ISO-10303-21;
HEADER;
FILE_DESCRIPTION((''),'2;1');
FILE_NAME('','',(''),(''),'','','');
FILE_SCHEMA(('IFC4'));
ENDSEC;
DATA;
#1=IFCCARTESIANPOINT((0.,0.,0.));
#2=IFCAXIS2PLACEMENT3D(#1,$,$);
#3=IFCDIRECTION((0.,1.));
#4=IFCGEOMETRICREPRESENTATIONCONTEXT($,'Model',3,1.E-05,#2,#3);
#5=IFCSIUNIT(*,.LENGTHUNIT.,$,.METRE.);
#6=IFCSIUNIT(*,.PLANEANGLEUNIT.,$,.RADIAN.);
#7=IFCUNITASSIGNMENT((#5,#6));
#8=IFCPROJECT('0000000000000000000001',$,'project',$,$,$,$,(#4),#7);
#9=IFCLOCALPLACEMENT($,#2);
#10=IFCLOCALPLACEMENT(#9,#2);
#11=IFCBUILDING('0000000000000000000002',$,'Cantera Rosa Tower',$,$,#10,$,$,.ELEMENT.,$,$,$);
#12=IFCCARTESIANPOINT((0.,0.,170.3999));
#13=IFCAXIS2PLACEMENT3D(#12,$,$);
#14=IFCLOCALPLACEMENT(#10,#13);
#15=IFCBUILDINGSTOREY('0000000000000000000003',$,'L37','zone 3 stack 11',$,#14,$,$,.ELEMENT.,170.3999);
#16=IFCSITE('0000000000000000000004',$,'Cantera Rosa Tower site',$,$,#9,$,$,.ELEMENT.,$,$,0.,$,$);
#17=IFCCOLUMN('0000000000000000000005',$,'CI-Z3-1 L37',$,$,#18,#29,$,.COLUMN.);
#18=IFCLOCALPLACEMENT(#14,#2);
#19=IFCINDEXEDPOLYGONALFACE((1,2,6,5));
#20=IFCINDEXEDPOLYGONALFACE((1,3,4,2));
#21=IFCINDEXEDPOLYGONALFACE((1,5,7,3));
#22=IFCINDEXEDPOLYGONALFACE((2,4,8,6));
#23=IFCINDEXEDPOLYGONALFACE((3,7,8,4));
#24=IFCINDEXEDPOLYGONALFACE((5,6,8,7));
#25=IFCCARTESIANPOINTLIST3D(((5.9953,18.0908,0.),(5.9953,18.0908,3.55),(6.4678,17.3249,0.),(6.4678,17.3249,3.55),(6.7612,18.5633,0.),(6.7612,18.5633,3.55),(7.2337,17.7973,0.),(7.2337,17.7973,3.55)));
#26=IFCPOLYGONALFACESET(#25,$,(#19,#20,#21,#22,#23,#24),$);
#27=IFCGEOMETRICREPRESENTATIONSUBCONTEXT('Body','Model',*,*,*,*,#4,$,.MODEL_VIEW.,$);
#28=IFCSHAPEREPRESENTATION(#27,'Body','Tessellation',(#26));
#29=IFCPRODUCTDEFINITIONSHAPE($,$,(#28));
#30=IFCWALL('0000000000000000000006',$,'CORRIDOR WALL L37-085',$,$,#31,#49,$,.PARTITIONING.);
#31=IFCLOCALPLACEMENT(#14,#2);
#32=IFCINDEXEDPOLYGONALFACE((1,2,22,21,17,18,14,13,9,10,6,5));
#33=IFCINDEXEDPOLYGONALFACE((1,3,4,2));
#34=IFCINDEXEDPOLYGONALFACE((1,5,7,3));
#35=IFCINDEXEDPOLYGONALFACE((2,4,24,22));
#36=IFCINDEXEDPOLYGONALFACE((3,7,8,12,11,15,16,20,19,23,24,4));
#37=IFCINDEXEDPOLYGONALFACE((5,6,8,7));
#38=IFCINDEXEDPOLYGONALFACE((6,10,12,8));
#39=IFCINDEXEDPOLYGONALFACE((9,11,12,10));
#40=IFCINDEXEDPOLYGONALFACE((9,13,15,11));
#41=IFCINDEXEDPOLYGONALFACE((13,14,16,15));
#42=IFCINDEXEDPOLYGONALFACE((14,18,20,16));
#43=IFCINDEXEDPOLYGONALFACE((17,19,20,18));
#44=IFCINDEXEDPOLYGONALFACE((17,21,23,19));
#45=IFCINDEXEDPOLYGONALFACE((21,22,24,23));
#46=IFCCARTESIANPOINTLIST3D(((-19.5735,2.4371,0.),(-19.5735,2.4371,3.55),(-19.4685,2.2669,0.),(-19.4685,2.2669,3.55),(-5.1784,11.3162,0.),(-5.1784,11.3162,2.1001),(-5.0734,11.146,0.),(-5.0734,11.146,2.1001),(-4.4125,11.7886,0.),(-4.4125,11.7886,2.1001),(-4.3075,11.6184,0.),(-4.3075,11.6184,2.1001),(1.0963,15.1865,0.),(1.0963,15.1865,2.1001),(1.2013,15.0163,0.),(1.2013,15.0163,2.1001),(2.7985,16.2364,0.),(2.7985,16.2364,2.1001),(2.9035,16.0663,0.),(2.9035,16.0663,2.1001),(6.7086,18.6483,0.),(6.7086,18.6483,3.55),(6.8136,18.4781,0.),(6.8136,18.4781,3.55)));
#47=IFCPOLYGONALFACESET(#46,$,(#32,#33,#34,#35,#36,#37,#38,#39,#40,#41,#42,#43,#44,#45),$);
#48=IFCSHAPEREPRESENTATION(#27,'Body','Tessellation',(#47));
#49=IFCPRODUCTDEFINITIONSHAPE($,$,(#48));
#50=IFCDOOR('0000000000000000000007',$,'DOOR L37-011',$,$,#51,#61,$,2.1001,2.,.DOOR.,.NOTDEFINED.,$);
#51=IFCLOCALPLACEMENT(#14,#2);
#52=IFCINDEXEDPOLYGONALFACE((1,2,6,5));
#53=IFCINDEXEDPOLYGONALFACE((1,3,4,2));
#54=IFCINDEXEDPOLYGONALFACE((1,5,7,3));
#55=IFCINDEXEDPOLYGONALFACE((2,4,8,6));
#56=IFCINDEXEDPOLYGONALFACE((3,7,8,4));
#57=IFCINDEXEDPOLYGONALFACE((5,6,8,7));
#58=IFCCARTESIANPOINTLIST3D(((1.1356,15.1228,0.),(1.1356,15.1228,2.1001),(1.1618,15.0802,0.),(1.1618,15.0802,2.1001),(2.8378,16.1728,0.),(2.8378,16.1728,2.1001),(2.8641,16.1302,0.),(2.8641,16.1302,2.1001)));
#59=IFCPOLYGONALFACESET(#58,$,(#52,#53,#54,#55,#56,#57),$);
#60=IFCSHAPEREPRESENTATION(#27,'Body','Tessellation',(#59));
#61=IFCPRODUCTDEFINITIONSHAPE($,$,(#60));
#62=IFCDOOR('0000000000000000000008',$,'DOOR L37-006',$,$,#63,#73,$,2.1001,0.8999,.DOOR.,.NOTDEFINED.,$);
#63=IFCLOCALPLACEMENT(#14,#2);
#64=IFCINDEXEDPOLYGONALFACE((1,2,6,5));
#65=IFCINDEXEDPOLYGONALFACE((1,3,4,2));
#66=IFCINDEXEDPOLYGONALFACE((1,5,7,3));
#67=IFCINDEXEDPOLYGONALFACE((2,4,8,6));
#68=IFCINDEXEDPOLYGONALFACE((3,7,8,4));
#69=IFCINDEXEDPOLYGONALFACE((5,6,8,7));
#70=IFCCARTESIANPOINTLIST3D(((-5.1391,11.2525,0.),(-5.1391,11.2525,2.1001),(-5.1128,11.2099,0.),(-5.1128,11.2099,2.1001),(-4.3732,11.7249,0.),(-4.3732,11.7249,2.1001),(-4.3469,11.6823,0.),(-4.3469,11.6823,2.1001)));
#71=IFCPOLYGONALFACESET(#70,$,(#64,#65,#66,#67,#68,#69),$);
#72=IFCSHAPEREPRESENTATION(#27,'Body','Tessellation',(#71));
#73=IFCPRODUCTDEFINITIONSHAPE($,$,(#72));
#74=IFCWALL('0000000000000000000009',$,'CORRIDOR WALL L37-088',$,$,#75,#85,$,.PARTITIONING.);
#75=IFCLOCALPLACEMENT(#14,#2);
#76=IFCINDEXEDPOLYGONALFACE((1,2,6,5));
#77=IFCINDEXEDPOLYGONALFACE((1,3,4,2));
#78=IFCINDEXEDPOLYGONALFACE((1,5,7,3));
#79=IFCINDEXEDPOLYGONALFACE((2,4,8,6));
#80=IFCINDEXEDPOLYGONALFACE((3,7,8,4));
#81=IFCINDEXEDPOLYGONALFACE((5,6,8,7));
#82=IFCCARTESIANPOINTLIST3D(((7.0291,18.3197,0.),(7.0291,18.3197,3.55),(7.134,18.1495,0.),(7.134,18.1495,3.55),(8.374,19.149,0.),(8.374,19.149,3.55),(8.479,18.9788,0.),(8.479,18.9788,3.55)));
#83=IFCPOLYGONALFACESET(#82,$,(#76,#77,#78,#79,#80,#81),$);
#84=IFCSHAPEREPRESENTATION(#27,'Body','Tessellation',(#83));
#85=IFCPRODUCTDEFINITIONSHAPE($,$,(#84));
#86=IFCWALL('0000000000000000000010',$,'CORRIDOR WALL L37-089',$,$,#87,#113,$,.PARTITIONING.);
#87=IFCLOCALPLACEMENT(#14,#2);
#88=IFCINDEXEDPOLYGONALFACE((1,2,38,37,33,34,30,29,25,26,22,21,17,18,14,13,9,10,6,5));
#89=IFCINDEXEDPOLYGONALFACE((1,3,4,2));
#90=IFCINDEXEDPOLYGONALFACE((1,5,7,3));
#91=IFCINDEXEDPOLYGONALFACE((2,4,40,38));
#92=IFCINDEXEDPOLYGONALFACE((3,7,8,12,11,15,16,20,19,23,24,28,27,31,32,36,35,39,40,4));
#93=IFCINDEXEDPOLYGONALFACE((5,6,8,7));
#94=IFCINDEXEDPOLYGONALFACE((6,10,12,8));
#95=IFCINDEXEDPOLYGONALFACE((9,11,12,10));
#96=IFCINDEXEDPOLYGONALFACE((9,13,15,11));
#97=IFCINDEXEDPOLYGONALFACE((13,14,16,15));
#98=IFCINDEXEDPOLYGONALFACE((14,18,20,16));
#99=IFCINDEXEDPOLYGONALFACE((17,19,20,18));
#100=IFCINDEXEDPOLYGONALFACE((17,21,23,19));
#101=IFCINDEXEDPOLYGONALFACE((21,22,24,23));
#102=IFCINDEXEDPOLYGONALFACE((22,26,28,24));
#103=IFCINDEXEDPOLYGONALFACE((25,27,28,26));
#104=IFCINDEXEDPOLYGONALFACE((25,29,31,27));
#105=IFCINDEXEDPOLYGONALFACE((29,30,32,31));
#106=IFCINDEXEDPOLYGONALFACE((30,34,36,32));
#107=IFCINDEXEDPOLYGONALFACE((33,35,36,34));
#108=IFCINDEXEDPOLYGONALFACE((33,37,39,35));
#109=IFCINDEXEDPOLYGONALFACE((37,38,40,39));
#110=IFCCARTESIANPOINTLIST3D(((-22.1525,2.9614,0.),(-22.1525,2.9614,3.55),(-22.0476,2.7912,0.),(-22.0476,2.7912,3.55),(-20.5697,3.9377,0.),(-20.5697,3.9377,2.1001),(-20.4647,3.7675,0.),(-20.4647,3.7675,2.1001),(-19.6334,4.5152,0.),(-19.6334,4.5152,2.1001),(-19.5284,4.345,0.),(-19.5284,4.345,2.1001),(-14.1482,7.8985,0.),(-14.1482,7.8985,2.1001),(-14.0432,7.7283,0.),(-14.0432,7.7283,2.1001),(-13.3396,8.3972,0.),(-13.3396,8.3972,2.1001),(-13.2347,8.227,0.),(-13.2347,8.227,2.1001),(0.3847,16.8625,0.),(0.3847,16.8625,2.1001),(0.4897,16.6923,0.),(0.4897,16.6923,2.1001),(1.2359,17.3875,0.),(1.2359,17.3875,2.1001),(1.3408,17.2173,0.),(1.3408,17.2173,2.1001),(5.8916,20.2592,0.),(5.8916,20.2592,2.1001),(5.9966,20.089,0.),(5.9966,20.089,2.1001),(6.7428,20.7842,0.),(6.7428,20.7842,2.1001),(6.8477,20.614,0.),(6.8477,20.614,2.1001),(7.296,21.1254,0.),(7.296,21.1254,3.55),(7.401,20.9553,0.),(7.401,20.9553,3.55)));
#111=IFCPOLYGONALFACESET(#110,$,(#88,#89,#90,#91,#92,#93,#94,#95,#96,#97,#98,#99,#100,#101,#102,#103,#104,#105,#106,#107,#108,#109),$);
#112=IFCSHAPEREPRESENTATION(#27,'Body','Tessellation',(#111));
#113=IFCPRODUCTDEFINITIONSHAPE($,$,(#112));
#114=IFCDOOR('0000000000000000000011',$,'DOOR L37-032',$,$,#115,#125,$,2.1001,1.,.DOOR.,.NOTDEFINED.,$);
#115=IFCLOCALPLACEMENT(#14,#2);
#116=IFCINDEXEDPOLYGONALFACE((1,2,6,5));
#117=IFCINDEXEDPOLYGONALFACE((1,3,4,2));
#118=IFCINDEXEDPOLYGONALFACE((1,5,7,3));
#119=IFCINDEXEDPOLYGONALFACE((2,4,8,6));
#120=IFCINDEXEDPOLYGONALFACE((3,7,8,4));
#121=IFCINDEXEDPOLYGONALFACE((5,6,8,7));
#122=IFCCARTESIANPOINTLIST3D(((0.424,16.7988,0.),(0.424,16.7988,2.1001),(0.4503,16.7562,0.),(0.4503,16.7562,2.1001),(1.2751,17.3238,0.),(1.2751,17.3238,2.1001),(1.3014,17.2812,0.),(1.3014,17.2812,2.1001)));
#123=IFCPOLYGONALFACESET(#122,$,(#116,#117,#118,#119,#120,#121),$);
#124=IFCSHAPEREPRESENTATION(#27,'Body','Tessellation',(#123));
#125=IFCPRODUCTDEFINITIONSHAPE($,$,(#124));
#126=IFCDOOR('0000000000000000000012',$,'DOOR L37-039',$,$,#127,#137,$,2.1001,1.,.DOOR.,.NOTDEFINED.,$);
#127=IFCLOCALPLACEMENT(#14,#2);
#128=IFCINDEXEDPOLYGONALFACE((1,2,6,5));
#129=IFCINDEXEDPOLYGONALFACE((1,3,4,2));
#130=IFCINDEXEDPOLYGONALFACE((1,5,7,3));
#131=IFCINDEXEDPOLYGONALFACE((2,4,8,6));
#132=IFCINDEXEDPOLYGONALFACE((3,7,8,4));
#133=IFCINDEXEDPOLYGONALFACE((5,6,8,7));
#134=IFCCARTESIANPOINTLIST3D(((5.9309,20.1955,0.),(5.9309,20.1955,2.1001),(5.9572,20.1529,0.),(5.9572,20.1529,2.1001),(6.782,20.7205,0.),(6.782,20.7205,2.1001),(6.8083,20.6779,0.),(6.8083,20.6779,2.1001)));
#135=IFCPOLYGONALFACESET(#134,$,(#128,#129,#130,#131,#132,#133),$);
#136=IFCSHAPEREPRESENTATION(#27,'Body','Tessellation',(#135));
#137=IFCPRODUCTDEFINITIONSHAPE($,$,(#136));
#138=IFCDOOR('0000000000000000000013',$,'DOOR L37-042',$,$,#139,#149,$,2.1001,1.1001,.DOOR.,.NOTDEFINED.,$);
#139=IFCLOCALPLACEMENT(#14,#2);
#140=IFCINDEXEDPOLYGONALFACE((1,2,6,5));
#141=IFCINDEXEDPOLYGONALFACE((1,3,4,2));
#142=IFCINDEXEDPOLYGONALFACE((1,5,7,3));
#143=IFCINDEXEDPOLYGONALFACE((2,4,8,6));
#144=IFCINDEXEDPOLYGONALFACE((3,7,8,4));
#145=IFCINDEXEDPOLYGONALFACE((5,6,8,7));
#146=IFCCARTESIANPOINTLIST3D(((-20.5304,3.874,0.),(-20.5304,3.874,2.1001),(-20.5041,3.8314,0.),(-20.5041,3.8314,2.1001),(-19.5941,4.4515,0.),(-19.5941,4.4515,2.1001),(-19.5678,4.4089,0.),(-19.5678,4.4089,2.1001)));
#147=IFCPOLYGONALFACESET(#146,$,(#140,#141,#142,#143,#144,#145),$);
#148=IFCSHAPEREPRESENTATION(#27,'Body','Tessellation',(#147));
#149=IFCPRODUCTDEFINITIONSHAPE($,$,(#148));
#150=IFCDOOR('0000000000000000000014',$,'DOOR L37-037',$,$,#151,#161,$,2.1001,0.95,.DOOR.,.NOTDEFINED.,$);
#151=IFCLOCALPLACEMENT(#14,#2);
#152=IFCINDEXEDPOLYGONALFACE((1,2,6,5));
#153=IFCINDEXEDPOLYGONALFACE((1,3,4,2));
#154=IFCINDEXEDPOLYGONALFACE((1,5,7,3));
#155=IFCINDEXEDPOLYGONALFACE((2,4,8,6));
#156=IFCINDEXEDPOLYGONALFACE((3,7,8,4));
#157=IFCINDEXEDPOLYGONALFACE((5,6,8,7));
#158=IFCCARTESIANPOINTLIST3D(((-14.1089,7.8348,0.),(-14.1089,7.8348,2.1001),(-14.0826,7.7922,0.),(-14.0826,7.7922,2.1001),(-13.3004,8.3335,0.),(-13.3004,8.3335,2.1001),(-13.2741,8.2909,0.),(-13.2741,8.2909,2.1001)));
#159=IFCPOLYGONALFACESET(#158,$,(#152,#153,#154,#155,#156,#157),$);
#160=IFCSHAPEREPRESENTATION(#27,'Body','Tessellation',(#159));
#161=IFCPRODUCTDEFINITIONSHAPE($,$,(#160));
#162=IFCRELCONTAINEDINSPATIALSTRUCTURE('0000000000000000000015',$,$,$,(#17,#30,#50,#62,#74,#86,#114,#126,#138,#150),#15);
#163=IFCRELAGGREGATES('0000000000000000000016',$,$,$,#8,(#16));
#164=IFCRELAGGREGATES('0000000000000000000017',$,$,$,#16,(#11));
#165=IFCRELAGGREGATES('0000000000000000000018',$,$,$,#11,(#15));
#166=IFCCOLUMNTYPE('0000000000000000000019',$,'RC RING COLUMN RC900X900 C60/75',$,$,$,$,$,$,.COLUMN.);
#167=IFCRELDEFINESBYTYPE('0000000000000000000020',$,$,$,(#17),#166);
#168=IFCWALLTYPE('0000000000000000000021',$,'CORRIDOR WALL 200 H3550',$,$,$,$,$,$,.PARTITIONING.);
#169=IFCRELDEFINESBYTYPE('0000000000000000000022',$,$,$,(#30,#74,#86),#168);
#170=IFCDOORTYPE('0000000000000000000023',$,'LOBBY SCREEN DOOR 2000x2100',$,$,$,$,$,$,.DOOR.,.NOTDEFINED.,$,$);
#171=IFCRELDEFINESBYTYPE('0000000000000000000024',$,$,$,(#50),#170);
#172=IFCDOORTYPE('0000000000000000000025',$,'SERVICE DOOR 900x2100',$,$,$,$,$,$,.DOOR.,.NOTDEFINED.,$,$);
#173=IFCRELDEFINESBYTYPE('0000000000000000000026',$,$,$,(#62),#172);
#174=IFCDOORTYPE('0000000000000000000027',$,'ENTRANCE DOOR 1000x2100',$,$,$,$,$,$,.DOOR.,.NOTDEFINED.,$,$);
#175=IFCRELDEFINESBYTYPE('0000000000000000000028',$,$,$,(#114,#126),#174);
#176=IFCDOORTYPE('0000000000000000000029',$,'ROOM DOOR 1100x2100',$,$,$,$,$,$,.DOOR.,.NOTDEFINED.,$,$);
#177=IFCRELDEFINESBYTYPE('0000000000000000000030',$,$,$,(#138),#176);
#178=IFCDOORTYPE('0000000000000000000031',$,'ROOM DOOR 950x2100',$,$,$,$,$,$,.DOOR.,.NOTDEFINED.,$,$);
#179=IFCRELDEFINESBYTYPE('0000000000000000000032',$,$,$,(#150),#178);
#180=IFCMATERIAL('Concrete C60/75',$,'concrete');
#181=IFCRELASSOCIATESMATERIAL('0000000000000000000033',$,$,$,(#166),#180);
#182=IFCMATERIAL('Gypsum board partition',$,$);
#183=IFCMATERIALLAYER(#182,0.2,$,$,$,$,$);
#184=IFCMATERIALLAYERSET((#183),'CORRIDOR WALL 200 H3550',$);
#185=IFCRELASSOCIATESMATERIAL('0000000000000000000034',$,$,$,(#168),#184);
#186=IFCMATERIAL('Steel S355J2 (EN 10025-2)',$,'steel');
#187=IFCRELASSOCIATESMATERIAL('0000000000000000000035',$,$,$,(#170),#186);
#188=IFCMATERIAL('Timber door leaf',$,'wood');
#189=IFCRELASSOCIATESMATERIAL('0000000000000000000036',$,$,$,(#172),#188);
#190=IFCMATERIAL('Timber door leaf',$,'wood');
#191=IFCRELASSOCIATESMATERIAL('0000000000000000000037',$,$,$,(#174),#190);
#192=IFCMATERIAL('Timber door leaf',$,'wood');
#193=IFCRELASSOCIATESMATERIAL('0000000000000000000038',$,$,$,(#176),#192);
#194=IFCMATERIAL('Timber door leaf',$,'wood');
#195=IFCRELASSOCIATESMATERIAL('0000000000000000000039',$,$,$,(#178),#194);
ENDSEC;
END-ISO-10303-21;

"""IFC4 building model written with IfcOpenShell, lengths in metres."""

from ifc_helpers import new_model, si_unit, direction, frame, frame_2d, origin, origin_2d, place, context, subcontext, project, spatial, rectangle, extrude, material, layer, layer_set, material_profile, profile_set, type_object, element, fill, save


model = new_model("IFC4")

# Units and contexts
model_context = context("Model", 3, precision=1e-05, world=origin(), true_north=direction((0.0, 1.0)))
body_context = subcontext(model_context, "Body", "Model", "MODEL_VIEW")
ifc_project = project(units=[si_unit("LENGTHUNIT", "METRE"), si_unit("PLANEANGLEUNIT", "RADIAN")], contexts=[model_context])

# Site, building, storey
site_placement = place(None, origin())
site = spatial("IfcSite", under=ifc_project, at=site_placement, Name="Cantera Rosa Tower site", CompositionType="ELEMENT", RefElevation=0.0)
building_placement = place(site_placement, origin())
building = spatial("IfcBuilding", under=site, at=building_placement, Name="Cantera Rosa Tower", CompositionType="ELEMENT")
storey_placement = place(building_placement, frame((0.0, 0.0, 170.3999)))
storey = spatial("IfcBuildingStorey", under=building, at=storey_placement, Name="L37", Description="zone 3 stack 11", CompositionType="ELEMENT", Elevation=170.3999)

# Column
ifc_material_1 = material(Name="Concrete C60/75", Category="concrete")
ifc_material_profile = material_profile(ifc_material_1, rectangle(XDim=0.8999, YDim=0.8999, at=origin_2d()), Name="RC RING COLUMN RC900X900 C60/75")
ifc_profile_set = profile_set([ifc_material_profile], Name="Concrete C60/75")
column_type = type_object("IfcColumnType", Name="RC RING COLUMN RC900X900 C60/75", PredefinedType="COLUMN", material=ifc_profile_set)
column_placement = place(storey_placement, frame((6.6145, 17.9441, 0.0), z_axis=(0.0, 0.0, 1.0), x_axis=(0.851117, 0.524977, 0.0)))
element("IfcColumn", 1, at=column_placement, inside=storey, type_object=column_type, Name="CI-Z3-1 L37", PredefinedType="COLUMN", context=body_context, shape_type="SweptSolid", body=[
    extrude(rectangle(XDim=0.8999, YDim=0.8999, at=origin_2d()), origin(), (0.0, 0.0, 1.0), 3.55),
])

# Wall, openings, doors
ifc_material_2 = material(Name="Gypsum board partition")
ifc_layer_1 = layer(ifc_material_2, 0.2)
ifc_layer_set_1 = layer_set([ifc_layer_1], Name="CORRIDOR WALL 200 H3550")
wall_type_1 = type_object("IfcWallType", Name="CORRIDOR WALL 200 H3550", PredefinedType="PARTITIONING", material=ifc_layer_set_1)
wall_1_placement = place(storey_placement, frame((6.7612, 18.5632, 0.0), z_axis=(0.0, 0.0, 1.0), x_axis=(-0.851116, -0.524978, 0.0)))
wall_1 = element("IfcWall", 2, at=wall_1_placement, inside=storey, type_object=wall_type_1, Name="CORRIDOR WALL L37-085", PredefinedType="PARTITIONING", context=body_context, shape_type="SweptSolid", body=[
    extrude(rectangle(XDim=30.8796, YDim=0.2, at=frame_2d((15.4399, 0.0))), origin(), (0.0, 0.0, 1.0), 3.55),
])
opening_1_placement = place(wall_1_placement, frame((13.0667, 0.0, 0.0)))
opening_1 = element("IfcOpeningElement", 3, at=opening_1_placement, cuts=wall_1, PredefinedType="OPENING", context=body_context, shape_type="SweptSolid", body=[
    extrude(rectangle(XDim=0.8999, YDim=2.1001, at=frame_2d((0.45, 1.05))), frame((0.0, 0.1099, 0.0), z_axis=(0.0, -1.0, 0.0), x_axis=(1.0, 0.0, 0.0)), (0.0, 0.0, 1.0), 0.22),
])
opening_2_placement = place(wall_1_placement, frame((4.5942, 0.0, 0.0)))
opening_2 = element("IfcOpeningElement", 4, at=opening_2_placement, cuts=wall_1, PredefinedType="OPENING", context=body_context, shape_type="SweptSolid", body=[
    extrude(rectangle(XDim=2.0, YDim=2.1001, at=frame_2d((1.0, 1.05))), frame((0.0, 0.1099, 0.0), z_axis=(0.0, -1.0, 0.0), x_axis=(1.0, 0.0, 0.0)), (0.0, 0.0, 1.0), 0.22),
])
ifc_material_3 = material(Name="Steel S355J2 (EN 10025-2)", Category="steel")
door_type_1 = type_object("IfcDoorType", Name="LOBBY SCREEN DOOR 2000x2100", OperationType="NOTDEFINED", PredefinedType="DOOR", material=ifc_material_3)
door_1_placement = place(opening_2_placement, origin())
door_1 = element("IfcDoor", 5, at=door_1_placement, inside=storey, type_object=door_type_1, Name="DOOR L37-011", OperationType="NOTDEFINED", OverallHeight=2.1001, OverallWidth=2.0, PredefinedType="DOOR", context=body_context, shape_type="SweptSolid", body=[
    extrude(rectangle(XDim=2.0, YDim=2.1001, at=frame_2d((1.0, 1.05))), frame((0.0, 0.0249, 0.0), z_axis=(0.0, -1.0, 0.0), x_axis=(1.0, 0.0, 0.0)), (0.0, 0.0, 1.0), 0.05),
])
fill(opening_2, door_1)
ifc_material_4 = material(Name="Timber door leaf", Category="wood")
door_type_2 = type_object("IfcDoorType", Name="SERVICE DOOR 900x2100", OperationType="NOTDEFINED", PredefinedType="DOOR", material=ifc_material_4)
door_2_placement = place(opening_1_placement, origin())
door_2 = element("IfcDoor", 6, at=door_2_placement, inside=storey, type_object=door_type_2, Name="DOOR L37-006", OperationType="NOTDEFINED", OverallHeight=2.1001, OverallWidth=0.8999, PredefinedType="DOOR", context=body_context, shape_type="SweptSolid", body=[
    extrude(rectangle(XDim=0.8999, YDim=2.1001, at=frame_2d((0.45, 1.05))), frame((0.0, 0.0249, 0.0), z_axis=(0.0, -1.0, 0.0), x_axis=(1.0, 0.0, 0.0)), (0.0, 0.0, 1.0), 0.05),
])
fill(opening_1, door_2)

# Wall
wall_2_placement = place(storey_placement, frame((7.0815, 18.2346, 0.0), z_axis=(0.0, 0.0, 1.0), x_axis=(0.851186, 0.524864, 0.0)))
element("IfcWall", 7, at=wall_2_placement, inside=storey, type_object=wall_type_1, Name="CORRIDOR WALL L37-088", PredefinedType="PARTITIONING", context=body_context, shape_type="SweptSolid", body=[
    extrude(rectangle(XDim=1.5801, YDim=0.2, at=frame_2d((0.79, 0.0))), origin(), (0.0, 0.0, 1.0), 3.55),
])

# Wall, openings, doors
wall_3_placement = place(storey_placement, frame((7.3484, 21.0403, 0.0), z_axis=(0.0, 0.0, 1.0), x_axis=(-0.851117, -0.524976, 0.0)))
wall_3 = element("IfcWall", 8, at=wall_3_placement, inside=storey, type_object=wall_type_1, Name="CORRIDOR WALL L37-089", PredefinedType="PARTITIONING", context=body_context, shape_type="SweptSolid", body=[
    extrude(rectangle(XDim=34.5999, YDim=0.2, at=frame_2d((17.2998, 0.0))), origin(), (0.0, 0.0, 1.0), 3.55),
])
opening_3_placement = place(wall_3_placement, frame((7.1201, 0.0, 0.0)))
opening_3 = element("IfcOpeningElement", 9, at=opening_3_placement, cuts=wall_3, PredefinedType="OPENING", context=body_context, shape_type="SweptSolid", body=[
    extrude(rectangle(XDim=1.0, YDim=2.1001, at=frame_2d((0.5, 1.05))), frame((0.0, 0.1099, 0.0), z_axis=(0.0, -1.0, 0.0), x_axis=(1.0, 0.0, 0.0)), (0.0, 0.0, 1.0), 0.22),
])
opening_4_placement = place(wall_3_placement, frame((24.2451, 0.0, 0.0)))
opening_4 = element("IfcOpeningElement", 10, at=opening_4_placement, cuts=wall_3, PredefinedType="OPENING", context=body_context, shape_type="SweptSolid", body=[
    extrude(rectangle(XDim=0.95, YDim=2.1001, at=frame_2d((0.4751, 1.05))), frame((0.0, 0.1099, 0.0), z_axis=(0.0, -1.0, 0.0), x_axis=(1.0, 0.0, 0.0)), (0.0, 0.0, 1.0), 0.22),
])
opening_5_placement = place(wall_3_placement, frame((0.6499, 0.0, 0.0)))
opening_5 = element("IfcOpeningElement", 11, at=opening_5_placement, cuts=wall_3, PredefinedType="OPENING", context=body_context, shape_type="SweptSolid", body=[
    extrude(rectangle(XDim=1.0, YDim=2.1001, at=frame_2d((0.5, 1.05))), frame((0.0, 0.1099, 0.0), z_axis=(0.0, -1.0, 0.0), x_axis=(1.0, 0.0, 0.0)), (0.0, 0.0, 1.0), 0.22),
])
opening_6_placement = place(wall_3_placement, frame((31.6399, 0.0, 0.0)))
opening_6 = element("IfcOpeningElement", 12, at=opening_6_placement, cuts=wall_3, PredefinedType="OPENING", context=body_context, shape_type="SweptSolid", body=[
    extrude(rectangle(XDim=1.1001, YDim=2.1001, at=frame_2d((0.55, 1.05))), frame((0.0, 0.1099, 0.0), z_axis=(0.0, -1.0, 0.0), x_axis=(1.0, 0.0, 0.0)), (0.0, 0.0, 1.0), 0.22),
])
ifc_material_5 = material(Name="Timber door leaf", Category="wood")
door_type_3 = type_object("IfcDoorType", Name="ENTRANCE DOOR 1000x2100", OperationType="NOTDEFINED", PredefinedType="DOOR", material=ifc_material_5)
door_3_placement = place(opening_3_placement, origin())
door_3 = element("IfcDoor", 13, at=door_3_placement, inside=storey, type_object=door_type_3, Name="DOOR L37-032", OperationType="NOTDEFINED", OverallHeight=2.1001, OverallWidth=1.0, PredefinedType="DOOR", context=body_context, shape_type="SweptSolid", body=[
    extrude(rectangle(XDim=1.0, YDim=2.1001, at=frame_2d((0.5, 1.05))), frame((0.0, 0.0249, 0.0), z_axis=(0.0, -1.0, 0.0), x_axis=(1.0, 0.0, 0.0)), (0.0, 0.0, 1.0), 0.05),
])
fill(opening_3, door_3)
door_4_placement = place(opening_5_placement, origin())
door_4 = element("IfcDoor", 14, at=door_4_placement, inside=storey, type_object=door_type_3, Name="DOOR L37-039", OperationType="NOTDEFINED", OverallHeight=2.1001, OverallWidth=1.0, PredefinedType="DOOR", context=body_context, shape_type="SweptSolid", body=[
    extrude(rectangle(XDim=1.0, YDim=2.1001, at=frame_2d((0.5, 1.05))), frame((0.0, 0.0249, 0.0), z_axis=(0.0, -1.0, 0.0), x_axis=(1.0, 0.0, 0.0)), (0.0, 0.0, 1.0), 0.05),
])
fill(opening_5, door_4)
ifc_material_6 = material(Name="Timber door leaf", Category="wood")
door_type_4 = type_object("IfcDoorType", Name="ROOM DOOR 1100x2100", OperationType="NOTDEFINED", PredefinedType="DOOR", material=ifc_material_6)
door_5_placement = place(opening_6_placement, origin())
door_5 = element("IfcDoor", 15, at=door_5_placement, inside=storey, type_object=door_type_4, Name="DOOR L37-042", OperationType="NOTDEFINED", OverallHeight=2.1001, OverallWidth=1.1001, PredefinedType="DOOR", context=body_context, shape_type="SweptSolid", body=[
    extrude(rectangle(XDim=1.1001, YDim=2.1001, at=frame_2d((0.55, 1.05))), frame((0.0, 0.0249, 0.0), z_axis=(0.0, -1.0, 0.0), x_axis=(1.0, 0.0, 0.0)), (0.0, 0.0, 1.0), 0.05),
])
fill(opening_6, door_5)
ifc_material_7 = material(Name="Timber door leaf", Category="wood")
door_type_5 = type_object("IfcDoorType", Name="ROOM DOOR 950x2100", OperationType="NOTDEFINED", PredefinedType="DOOR", material=ifc_material_7)
door_6_placement = place(opening_4_placement, origin())
door_6 = element("IfcDoor", 16, at=door_6_placement, inside=storey, type_object=door_type_5, Name="DOOR L37-037", OperationType="NOTDEFINED", OverallHeight=2.1001, OverallWidth=0.95, PredefinedType="DOOR", context=body_context, shape_type="SweptSolid", body=[
    extrude(rectangle(XDim=0.95, YDim=2.1001, at=frame_2d((0.4751, 1.05))), frame((0.0, 0.0249, 0.0), z_axis=(0.0, -1.0, 0.0), x_axis=(1.0, 0.0, 0.0)), (0.0, 0.0, 1.0), 0.05),
])
fill(opening_4, door_6)

save(model, "model.ifc")
